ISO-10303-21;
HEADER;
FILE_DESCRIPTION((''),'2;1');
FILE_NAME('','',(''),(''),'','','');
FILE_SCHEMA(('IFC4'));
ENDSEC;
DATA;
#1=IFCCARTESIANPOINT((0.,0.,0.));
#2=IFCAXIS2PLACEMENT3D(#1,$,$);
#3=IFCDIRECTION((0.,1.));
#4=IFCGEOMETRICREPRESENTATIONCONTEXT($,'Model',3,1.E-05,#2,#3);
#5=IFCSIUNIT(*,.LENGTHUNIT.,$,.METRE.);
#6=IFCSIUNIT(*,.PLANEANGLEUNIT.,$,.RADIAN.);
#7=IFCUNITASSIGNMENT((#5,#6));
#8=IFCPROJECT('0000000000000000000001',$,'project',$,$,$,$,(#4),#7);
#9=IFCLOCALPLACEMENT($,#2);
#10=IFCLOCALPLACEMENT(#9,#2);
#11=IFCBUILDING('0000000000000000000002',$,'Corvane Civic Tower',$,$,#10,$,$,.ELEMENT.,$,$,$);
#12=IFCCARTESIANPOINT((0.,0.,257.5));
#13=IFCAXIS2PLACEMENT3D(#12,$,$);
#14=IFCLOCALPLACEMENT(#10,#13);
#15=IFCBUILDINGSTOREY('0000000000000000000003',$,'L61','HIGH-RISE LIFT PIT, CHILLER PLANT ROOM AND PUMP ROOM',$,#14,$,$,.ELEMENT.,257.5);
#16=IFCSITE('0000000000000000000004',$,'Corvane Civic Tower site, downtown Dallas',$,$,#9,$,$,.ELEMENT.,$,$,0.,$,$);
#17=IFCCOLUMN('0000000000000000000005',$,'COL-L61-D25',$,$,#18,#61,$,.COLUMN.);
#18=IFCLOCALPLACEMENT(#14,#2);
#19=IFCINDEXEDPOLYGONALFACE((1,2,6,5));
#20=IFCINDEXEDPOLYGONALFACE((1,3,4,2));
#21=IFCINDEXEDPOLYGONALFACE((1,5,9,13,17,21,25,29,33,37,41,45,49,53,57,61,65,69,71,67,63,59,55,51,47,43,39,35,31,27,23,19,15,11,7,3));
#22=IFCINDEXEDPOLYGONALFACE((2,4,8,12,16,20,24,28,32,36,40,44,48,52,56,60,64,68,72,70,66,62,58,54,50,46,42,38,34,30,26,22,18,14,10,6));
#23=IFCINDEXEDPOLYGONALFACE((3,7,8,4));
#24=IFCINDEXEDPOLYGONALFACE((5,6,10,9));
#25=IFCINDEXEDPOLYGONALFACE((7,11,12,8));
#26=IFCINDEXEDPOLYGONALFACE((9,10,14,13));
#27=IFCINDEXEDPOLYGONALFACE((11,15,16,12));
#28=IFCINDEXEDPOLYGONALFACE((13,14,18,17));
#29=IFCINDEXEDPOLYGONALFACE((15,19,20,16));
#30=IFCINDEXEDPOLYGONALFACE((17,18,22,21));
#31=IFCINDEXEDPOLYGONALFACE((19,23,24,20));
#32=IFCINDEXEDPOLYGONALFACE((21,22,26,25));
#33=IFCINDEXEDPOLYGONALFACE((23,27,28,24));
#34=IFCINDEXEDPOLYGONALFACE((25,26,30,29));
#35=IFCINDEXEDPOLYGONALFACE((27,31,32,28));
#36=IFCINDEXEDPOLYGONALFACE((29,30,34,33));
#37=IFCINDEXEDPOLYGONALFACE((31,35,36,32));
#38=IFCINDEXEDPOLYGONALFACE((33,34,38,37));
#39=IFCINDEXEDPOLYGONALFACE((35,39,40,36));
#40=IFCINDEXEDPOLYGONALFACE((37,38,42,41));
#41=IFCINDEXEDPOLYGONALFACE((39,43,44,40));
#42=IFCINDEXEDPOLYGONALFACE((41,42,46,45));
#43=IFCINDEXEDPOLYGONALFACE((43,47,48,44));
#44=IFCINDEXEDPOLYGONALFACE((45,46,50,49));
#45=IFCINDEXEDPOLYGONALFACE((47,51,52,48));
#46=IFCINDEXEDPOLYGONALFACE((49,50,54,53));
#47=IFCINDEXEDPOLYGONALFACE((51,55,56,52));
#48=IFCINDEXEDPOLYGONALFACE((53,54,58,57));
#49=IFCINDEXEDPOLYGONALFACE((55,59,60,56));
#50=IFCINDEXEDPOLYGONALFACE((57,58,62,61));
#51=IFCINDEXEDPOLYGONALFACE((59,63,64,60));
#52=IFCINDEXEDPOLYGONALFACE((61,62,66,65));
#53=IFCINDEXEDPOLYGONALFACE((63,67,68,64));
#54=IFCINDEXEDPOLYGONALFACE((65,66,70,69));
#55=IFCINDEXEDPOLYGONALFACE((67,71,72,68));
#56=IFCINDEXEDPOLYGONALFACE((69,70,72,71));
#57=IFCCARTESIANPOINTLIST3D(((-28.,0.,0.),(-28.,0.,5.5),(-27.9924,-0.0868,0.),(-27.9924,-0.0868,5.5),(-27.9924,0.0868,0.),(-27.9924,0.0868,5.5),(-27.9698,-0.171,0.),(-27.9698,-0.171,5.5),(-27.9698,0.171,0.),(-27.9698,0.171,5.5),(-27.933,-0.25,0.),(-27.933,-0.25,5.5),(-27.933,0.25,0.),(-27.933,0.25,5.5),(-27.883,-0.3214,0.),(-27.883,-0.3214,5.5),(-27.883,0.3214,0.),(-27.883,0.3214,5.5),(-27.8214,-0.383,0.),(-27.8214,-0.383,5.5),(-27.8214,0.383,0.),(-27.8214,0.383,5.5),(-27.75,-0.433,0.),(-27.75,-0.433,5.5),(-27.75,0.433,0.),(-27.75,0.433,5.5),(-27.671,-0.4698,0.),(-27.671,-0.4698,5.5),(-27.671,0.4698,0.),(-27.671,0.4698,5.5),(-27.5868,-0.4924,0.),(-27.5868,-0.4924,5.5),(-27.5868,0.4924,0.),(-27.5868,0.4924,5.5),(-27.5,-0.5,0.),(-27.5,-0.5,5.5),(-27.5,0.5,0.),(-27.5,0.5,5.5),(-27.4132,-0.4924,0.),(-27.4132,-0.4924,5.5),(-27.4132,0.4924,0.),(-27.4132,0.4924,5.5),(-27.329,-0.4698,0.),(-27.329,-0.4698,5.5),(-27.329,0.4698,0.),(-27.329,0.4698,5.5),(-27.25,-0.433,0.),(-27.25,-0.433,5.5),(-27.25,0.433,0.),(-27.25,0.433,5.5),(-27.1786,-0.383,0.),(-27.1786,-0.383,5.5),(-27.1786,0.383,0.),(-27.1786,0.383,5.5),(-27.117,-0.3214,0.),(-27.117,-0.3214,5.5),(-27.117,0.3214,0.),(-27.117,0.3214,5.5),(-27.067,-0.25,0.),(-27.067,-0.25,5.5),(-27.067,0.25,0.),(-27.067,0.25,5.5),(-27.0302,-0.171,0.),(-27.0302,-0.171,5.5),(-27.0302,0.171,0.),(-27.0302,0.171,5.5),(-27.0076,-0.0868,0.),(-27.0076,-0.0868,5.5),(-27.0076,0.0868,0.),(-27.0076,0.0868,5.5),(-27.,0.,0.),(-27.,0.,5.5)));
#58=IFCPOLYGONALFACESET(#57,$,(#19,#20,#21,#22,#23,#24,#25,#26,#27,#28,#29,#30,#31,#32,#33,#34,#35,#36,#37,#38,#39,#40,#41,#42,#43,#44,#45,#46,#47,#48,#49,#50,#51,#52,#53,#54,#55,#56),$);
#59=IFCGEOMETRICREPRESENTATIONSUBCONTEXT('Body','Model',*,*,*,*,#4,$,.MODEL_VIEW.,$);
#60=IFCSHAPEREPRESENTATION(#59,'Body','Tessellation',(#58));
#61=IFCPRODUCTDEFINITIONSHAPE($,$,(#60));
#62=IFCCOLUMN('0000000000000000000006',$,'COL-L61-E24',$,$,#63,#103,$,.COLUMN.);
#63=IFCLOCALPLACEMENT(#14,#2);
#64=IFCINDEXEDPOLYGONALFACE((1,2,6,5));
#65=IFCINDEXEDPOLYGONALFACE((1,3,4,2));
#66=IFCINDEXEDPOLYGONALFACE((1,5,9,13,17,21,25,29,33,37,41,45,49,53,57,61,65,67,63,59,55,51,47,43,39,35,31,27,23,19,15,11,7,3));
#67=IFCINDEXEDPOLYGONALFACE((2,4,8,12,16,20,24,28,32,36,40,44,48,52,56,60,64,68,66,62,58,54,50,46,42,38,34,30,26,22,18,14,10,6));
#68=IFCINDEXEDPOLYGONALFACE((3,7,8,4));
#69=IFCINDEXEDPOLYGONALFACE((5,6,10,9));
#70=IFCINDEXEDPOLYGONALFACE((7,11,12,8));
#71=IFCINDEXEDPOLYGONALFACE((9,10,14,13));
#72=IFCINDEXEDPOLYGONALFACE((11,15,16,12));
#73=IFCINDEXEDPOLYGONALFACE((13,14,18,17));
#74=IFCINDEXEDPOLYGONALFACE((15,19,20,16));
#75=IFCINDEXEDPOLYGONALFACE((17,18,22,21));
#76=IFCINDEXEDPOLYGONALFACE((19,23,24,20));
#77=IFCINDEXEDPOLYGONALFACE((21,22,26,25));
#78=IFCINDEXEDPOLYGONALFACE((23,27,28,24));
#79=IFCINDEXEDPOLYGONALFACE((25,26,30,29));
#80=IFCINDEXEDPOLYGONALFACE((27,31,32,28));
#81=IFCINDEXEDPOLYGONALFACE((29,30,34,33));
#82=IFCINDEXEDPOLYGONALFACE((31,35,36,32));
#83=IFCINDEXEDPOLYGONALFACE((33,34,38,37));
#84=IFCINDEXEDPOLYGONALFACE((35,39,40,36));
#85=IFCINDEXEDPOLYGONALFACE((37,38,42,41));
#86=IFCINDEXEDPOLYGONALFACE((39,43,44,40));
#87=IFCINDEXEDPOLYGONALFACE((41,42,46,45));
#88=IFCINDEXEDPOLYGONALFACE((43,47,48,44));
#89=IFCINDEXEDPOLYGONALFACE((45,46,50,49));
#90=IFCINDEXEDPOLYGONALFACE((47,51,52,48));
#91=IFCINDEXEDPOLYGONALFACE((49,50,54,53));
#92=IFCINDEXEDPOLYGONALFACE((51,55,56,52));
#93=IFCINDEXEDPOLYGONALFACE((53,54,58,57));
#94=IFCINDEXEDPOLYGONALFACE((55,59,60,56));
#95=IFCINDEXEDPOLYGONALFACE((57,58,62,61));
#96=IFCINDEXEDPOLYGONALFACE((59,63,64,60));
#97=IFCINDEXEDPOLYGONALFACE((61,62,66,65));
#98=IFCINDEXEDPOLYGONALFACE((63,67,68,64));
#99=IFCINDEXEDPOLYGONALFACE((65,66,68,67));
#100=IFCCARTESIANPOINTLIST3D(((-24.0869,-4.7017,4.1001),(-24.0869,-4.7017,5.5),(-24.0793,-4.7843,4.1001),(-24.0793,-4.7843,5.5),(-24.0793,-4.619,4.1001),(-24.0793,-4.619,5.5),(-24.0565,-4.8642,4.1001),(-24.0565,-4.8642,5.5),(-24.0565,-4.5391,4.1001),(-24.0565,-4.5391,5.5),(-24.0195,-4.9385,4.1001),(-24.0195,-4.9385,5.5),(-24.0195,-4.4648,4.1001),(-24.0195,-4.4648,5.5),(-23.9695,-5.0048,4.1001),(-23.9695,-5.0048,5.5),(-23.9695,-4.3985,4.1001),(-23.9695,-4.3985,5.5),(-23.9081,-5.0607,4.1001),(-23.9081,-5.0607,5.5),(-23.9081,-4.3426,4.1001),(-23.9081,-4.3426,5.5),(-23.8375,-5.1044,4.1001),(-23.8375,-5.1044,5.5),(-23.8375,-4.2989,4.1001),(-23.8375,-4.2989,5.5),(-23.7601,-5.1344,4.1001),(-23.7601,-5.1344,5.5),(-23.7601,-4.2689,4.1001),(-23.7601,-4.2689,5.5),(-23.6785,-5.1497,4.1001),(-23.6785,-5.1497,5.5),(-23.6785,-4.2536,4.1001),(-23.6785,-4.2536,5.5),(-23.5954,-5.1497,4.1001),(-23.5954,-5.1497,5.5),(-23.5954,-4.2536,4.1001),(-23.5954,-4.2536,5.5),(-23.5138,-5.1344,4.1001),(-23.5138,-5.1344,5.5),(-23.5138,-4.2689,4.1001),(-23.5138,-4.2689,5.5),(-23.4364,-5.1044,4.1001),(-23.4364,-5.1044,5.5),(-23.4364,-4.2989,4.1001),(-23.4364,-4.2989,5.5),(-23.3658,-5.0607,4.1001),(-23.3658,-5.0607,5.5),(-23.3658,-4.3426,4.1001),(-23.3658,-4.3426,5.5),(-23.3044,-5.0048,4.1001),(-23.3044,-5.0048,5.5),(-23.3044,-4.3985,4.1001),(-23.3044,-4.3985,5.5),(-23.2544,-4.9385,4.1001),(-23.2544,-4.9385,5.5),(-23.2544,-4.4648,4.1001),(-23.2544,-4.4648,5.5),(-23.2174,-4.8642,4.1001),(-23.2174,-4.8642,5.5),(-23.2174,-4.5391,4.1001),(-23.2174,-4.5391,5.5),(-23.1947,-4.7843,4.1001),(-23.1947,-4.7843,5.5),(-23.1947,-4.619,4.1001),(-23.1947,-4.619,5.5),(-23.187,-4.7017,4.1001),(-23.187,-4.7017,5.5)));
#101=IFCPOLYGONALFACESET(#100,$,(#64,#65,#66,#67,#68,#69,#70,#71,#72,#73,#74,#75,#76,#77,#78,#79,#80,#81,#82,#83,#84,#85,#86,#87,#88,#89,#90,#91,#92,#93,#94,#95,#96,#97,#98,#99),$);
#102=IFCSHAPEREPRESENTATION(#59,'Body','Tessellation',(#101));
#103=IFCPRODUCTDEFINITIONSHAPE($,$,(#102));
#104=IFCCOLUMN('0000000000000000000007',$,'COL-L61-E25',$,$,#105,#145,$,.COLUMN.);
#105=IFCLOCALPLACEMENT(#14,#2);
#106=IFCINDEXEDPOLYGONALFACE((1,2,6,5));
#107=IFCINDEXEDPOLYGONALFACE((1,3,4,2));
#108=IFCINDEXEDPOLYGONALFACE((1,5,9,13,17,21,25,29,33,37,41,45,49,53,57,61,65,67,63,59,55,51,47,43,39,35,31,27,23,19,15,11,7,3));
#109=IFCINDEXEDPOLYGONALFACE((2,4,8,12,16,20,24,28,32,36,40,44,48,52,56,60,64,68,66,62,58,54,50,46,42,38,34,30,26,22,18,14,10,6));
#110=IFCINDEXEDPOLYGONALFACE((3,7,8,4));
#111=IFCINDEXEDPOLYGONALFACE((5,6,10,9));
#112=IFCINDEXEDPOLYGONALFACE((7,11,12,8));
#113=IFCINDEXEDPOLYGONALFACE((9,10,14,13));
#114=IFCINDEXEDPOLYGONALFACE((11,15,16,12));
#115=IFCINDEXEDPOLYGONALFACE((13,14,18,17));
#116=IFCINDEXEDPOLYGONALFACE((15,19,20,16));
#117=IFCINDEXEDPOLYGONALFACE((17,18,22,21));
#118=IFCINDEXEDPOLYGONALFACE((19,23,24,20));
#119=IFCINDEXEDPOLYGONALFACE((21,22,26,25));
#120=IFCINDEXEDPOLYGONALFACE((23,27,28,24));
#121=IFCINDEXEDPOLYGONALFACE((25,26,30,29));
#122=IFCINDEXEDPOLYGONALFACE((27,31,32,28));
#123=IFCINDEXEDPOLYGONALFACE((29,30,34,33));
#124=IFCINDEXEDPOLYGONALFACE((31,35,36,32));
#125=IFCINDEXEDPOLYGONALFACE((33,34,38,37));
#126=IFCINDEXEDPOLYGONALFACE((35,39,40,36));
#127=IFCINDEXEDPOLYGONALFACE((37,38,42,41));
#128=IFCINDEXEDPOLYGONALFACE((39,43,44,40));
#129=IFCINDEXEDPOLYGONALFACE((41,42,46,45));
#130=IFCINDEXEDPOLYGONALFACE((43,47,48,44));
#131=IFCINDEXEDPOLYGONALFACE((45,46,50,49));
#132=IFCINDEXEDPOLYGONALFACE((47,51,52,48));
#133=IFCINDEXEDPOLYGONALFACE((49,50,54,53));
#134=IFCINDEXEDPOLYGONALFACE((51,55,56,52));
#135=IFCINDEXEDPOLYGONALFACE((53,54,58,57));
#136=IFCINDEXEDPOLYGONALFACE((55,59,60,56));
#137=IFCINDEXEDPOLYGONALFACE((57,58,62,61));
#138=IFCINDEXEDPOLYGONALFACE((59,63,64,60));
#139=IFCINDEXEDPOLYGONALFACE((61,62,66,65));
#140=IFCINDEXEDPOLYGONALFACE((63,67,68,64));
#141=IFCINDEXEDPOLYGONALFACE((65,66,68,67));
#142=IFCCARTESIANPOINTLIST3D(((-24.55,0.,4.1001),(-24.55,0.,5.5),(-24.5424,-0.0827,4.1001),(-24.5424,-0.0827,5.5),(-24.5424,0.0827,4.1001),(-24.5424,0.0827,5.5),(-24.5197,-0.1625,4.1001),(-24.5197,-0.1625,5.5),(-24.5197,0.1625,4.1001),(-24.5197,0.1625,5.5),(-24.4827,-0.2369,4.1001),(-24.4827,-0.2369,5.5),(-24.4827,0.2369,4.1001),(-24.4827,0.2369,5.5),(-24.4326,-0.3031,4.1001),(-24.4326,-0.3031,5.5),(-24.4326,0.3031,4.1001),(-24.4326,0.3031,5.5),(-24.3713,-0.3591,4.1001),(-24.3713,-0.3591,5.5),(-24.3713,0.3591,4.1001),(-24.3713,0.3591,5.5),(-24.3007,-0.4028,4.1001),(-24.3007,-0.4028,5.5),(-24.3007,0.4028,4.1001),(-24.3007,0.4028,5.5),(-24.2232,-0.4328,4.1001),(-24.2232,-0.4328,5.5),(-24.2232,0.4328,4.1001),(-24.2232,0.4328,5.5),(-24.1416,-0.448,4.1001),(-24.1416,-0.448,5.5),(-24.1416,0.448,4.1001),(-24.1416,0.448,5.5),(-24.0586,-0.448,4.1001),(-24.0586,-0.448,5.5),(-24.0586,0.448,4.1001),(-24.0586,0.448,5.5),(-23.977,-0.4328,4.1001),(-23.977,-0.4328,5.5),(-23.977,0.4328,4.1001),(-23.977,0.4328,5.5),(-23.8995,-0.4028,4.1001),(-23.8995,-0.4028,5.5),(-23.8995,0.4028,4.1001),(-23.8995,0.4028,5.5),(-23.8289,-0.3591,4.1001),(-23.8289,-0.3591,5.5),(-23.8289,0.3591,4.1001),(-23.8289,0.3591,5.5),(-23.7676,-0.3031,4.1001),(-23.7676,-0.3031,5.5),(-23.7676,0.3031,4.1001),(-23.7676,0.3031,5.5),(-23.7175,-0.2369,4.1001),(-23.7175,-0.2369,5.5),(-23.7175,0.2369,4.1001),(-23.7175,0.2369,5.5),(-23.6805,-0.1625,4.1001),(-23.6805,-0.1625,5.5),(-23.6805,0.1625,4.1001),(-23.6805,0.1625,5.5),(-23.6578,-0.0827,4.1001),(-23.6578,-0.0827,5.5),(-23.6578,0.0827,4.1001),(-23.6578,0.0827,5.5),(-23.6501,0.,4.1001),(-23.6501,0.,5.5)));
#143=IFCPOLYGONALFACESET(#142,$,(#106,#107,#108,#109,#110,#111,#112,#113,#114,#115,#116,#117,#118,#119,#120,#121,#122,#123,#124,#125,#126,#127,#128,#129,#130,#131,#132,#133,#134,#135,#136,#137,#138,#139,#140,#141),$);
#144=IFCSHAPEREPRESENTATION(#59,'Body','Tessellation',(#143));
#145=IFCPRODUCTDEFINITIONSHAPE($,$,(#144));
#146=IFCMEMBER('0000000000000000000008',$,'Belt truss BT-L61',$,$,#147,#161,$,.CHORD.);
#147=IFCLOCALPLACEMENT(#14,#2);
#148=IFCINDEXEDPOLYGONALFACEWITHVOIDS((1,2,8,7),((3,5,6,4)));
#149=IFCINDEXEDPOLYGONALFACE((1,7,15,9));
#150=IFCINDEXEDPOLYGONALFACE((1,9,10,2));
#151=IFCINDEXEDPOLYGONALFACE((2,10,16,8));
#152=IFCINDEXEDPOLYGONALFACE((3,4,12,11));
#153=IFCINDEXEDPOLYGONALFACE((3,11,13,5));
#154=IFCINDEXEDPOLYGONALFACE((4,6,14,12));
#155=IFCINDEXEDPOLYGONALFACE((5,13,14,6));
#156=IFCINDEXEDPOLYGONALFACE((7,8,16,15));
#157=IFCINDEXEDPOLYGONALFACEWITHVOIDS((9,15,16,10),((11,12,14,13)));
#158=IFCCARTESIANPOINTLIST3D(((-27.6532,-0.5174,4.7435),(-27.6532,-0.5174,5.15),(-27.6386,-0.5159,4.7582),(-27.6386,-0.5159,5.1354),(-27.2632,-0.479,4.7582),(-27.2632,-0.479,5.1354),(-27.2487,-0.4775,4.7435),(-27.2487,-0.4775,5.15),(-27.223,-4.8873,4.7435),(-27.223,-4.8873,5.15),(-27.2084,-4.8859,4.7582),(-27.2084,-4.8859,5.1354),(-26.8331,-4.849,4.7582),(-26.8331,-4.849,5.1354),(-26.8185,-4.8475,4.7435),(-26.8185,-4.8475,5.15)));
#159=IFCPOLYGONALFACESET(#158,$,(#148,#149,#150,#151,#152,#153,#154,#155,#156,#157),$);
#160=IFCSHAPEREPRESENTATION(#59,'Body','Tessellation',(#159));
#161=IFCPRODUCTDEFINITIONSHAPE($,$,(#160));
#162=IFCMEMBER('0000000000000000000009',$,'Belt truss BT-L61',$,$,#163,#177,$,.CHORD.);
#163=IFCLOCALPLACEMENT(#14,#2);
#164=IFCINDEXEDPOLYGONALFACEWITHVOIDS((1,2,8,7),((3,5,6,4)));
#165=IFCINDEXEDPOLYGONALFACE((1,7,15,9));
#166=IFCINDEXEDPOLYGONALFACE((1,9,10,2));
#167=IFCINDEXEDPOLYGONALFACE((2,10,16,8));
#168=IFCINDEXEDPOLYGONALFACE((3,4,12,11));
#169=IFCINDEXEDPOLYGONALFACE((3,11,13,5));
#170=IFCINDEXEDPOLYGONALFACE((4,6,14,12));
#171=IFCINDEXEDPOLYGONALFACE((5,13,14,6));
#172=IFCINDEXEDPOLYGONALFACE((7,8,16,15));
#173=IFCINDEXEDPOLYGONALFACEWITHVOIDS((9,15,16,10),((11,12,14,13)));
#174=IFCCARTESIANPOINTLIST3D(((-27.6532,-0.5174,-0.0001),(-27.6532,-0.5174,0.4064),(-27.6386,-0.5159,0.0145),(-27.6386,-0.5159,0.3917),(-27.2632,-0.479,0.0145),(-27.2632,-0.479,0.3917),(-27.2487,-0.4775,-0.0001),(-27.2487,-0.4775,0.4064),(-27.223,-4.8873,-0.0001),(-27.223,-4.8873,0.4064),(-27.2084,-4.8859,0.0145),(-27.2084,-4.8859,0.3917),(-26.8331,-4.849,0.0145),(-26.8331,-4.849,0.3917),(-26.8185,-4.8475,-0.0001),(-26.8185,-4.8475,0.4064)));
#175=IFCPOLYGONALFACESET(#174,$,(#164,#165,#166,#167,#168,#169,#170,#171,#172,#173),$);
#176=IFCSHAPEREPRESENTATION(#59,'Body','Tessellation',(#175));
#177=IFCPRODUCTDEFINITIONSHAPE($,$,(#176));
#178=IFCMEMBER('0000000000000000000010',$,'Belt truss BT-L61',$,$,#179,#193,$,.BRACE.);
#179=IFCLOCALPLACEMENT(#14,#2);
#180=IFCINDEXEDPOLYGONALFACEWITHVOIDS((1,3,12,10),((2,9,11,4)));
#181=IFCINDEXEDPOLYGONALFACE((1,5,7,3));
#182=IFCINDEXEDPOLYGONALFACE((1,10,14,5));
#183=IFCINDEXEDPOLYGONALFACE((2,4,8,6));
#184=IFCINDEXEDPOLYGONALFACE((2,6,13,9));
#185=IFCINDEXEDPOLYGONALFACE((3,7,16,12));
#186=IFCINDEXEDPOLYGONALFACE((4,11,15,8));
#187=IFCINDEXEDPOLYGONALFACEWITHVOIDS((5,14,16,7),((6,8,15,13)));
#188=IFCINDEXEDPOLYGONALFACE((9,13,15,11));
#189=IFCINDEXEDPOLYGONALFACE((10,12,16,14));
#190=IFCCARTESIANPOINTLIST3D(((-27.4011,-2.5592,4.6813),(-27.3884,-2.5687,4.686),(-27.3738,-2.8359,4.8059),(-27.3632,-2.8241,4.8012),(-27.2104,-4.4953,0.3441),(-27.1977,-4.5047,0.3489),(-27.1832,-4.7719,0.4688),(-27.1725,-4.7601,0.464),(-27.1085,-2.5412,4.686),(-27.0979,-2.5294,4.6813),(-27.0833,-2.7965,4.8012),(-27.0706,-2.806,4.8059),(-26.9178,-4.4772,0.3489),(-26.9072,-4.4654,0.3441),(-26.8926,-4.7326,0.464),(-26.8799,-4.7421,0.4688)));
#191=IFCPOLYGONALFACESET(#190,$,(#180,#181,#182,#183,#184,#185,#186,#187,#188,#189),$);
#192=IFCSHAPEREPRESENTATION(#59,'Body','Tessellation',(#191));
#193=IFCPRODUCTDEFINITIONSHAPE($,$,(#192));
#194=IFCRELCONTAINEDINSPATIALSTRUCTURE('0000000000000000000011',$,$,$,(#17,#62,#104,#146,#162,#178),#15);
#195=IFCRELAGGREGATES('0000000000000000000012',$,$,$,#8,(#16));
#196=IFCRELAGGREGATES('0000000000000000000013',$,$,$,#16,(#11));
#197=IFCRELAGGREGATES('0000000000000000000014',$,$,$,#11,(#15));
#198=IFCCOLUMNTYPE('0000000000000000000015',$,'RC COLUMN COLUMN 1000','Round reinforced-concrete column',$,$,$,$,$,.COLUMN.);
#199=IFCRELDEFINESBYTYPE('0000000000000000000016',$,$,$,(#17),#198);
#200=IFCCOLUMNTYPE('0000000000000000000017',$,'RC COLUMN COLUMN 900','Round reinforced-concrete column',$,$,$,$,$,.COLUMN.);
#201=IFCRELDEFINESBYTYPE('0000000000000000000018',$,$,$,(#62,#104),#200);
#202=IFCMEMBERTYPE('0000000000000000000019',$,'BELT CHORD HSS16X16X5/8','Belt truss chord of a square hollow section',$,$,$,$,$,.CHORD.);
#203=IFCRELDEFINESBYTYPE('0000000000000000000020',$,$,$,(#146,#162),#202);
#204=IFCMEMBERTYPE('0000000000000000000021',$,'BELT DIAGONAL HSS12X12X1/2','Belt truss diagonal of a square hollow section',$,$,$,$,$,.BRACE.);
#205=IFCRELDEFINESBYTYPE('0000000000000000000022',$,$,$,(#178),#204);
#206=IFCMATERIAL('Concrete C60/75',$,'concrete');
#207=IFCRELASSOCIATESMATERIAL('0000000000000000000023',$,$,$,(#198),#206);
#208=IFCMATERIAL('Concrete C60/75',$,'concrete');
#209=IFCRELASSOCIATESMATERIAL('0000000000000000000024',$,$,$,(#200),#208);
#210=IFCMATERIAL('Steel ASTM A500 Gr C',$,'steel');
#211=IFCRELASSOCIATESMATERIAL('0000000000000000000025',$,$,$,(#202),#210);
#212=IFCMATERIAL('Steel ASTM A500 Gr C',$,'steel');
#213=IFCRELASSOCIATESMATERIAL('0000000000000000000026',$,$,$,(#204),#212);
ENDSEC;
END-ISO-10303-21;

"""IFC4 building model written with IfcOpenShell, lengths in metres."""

from ifc_helpers import new_model, si_unit, direction, frame, origin, origin_2d, place, context, subcontext, project, spatial, hollow_rectangle, circle, extrude, material, material_profile, profile_set, type_object, element, save


model = new_model("IFC4")

# Units and contexts
model_context = context("Model", 3, precision=1e-05, world=origin(), true_north=direction((0.0, 1.0)))
body_context = subcontext(model_context, "Body", "Model", "MODEL_VIEW")
ifc_project = project(units=[si_unit("LENGTHUNIT", "METRE"), si_unit("PLANEANGLEUNIT", "RADIAN")], contexts=[model_context])

# Site, building, storey
site_placement = place(None, origin())
site = spatial("IfcSite", under=ifc_project, at=site_placement, Name="Corvane Civic Tower site, downtown Dallas", CompositionType="ELEMENT", RefElevation=0.0)
building_placement = place(site_placement, origin())
building = spatial("IfcBuilding", under=site, at=building_placement, Name="Corvane Civic Tower", CompositionType="ELEMENT")
storey_placement = place(building_placement, frame((0.0, 0.0, 257.5)))
storey = spatial("IfcBuildingStorey", under=building, at=storey_placement, Name="L61", Description="HIGH-RISE LIFT PIT, CHILLER PLANT ROOM AND PUMP ROOM", CompositionType="ELEMENT", Elevation=257.5)

# Columns
ifc_material_1 = material(Name="Concrete C60/75", Category="concrete")
ifc_material_profile_1 = material_profile(ifc_material_1, circle(Radius=0.5, at=origin_2d()), Name="COLUMN 1000")
ifc_profile_set_1 = profile_set([ifc_material_profile_1], Name="Concrete C60/75")
column_type_1 = type_object("IfcColumnType", Name="RC COLUMN COLUMN 1000", Description="Round reinforced-concrete column", PredefinedType="COLUMN", material=ifc_profile_set_1)
column_placement = place(storey_placement, frame((-27.5, 0.0, 0.0), z_axis=(0.0, 0.0, 1.0), x_axis=(1.0, 0.0, 0.0)))
element("IfcColumn", 1, at=column_placement, inside=storey, type_object=column_type_1, Name="COL-L61-D25", PredefinedType="COLUMN", context=body_context, shape_type="SweptSolid", body=[
    extrude(circle(Radius=0.5, at=origin_2d()), origin(), (0.0, 0.0, 1.0), 5.5),
])
ifc_material_2 = material(Name="Concrete C60/75", Category="concrete")
ifc_material_profile_2 = material_profile(ifc_material_2, circle(Radius=0.45, at=origin_2d()), Name="COLUMN 900")
ifc_profile_set_2 = profile_set([ifc_material_profile_2], Name="Concrete C60/75")
column_type_2 = type_object("IfcColumnType", Name="RC COLUMN COLUMN 900", Description="Round reinforced-concrete column", PredefinedType="COLUMN", material=ifc_profile_set_2)
for number, where, z_axis, x_axis, name in (
    (2, (-23.637, -4.7017, 4.1001), (0.0, 0.0, 1.0), (1.0, 0.0, 0.0), "COL-L61-E24"),
    (3, (-24.1001, 0.0, 4.1001), (0.0, 0.0, 1.0), (1.0, 0.0, 0.0), "COL-L61-E25"),
):
    element("IfcColumn", number, at=place(storey_placement, frame(where, z_axis=z_axis, x_axis=x_axis)), inside=storey, type_object=column_type_2, Name=name, PredefinedType="COLUMN", context=body_context, shape_type="SweptSolid", body=[
        extrude(circle(Radius=0.45, at=origin_2d()), origin(), (0.0, 0.0, 1.0), 1.3999),
    ])

# Members
ifc_material_3 = material(Name="Steel ASTM A500 Gr C", Category="steel")
ifc_material_profile_3 = material_profile(ifc_material_3, hollow_rectangle(XDim=0.4065, YDim=0.4065, WallThickness=0.0146, at=origin_2d()), Name="HSS16X16X5/8")
ifc_profile_set_3 = profile_set([ifc_material_profile_3], Name="Steel ASTM A500 Gr C")
member_type_1 = type_object("IfcMemberType", Name="BELT CHORD HSS16X16X5/8", Description="Belt truss chord of a square hollow section", PredefinedType="CHORD", material=ifc_profile_set_3)
for number, where, z_axis, x_axis, name in (
    (4, (-27.0208, -4.8674, 4.9468), (-0.097968, 0.99519, 0.0), (-0.99519, -0.097968, 0.0), "Belt truss BT-L61"),
    (5, (-27.0208, -4.8674, 0.2031), (-0.097968, 0.99519, 0.0), (-0.99519, -0.097968, 0.0), "Belt truss BT-L61"),
):
    element("IfcMember", number, at=place(storey_placement, frame(where, z_axis=z_axis, x_axis=x_axis)), inside=storey, type_object=member_type_1, Name=name, PredefinedType="CHORD", context=body_context, shape_type="SweptSolid", body=[
        extrude(hollow_rectangle(XDim=0.4065, YDim=0.4065, WallThickness=0.0146, at=origin_2d()), origin(), (0.0, 0.0, 1.0), 4.3911),
    ])
ifc_material_4 = material(Name="Steel ASTM A500 Gr C", Category="steel")
ifc_material_profile_4 = material_profile(ifc_material_4, hollow_rectangle(XDim=0.3047, YDim=0.3047, WallThickness=0.0117, at=origin_2d()), Name="HSS12X12X1/2")
ifc_profile_set_4 = profile_set([ifc_material_profile_4], Name="Steel ASTM A500 Gr C")
member_type_2 = type_object("IfcMemberType", Name="BELT DIAGONAL HSS12X12X1/2", Description="Belt truss diagonal of a square hollow section", PredefinedType="BRACE", material=ifc_profile_set_4)
member_1_placement = place(storey_placement, frame((-27.0452, -4.6187, 0.4065), z_axis=(-0.040113, 0.407288, 0.912418), x_axis=(-0.995185, -0.098013, 0.0)))
element("IfcMember", 6, at=member_1_placement, inside=storey, type_object=member_type_2, Name="Belt truss BT-L61", PredefinedType="BRACE", context=body_context, shape_type="SweptSolid", body=[
    extrude(hollow_rectangle(XDim=0.3047, YDim=0.3047, WallThickness=0.0117, at=origin_2d()), origin(), (0.0, 0.0, 1.0), 4.7534),
])

save(model, "model.ifc")
